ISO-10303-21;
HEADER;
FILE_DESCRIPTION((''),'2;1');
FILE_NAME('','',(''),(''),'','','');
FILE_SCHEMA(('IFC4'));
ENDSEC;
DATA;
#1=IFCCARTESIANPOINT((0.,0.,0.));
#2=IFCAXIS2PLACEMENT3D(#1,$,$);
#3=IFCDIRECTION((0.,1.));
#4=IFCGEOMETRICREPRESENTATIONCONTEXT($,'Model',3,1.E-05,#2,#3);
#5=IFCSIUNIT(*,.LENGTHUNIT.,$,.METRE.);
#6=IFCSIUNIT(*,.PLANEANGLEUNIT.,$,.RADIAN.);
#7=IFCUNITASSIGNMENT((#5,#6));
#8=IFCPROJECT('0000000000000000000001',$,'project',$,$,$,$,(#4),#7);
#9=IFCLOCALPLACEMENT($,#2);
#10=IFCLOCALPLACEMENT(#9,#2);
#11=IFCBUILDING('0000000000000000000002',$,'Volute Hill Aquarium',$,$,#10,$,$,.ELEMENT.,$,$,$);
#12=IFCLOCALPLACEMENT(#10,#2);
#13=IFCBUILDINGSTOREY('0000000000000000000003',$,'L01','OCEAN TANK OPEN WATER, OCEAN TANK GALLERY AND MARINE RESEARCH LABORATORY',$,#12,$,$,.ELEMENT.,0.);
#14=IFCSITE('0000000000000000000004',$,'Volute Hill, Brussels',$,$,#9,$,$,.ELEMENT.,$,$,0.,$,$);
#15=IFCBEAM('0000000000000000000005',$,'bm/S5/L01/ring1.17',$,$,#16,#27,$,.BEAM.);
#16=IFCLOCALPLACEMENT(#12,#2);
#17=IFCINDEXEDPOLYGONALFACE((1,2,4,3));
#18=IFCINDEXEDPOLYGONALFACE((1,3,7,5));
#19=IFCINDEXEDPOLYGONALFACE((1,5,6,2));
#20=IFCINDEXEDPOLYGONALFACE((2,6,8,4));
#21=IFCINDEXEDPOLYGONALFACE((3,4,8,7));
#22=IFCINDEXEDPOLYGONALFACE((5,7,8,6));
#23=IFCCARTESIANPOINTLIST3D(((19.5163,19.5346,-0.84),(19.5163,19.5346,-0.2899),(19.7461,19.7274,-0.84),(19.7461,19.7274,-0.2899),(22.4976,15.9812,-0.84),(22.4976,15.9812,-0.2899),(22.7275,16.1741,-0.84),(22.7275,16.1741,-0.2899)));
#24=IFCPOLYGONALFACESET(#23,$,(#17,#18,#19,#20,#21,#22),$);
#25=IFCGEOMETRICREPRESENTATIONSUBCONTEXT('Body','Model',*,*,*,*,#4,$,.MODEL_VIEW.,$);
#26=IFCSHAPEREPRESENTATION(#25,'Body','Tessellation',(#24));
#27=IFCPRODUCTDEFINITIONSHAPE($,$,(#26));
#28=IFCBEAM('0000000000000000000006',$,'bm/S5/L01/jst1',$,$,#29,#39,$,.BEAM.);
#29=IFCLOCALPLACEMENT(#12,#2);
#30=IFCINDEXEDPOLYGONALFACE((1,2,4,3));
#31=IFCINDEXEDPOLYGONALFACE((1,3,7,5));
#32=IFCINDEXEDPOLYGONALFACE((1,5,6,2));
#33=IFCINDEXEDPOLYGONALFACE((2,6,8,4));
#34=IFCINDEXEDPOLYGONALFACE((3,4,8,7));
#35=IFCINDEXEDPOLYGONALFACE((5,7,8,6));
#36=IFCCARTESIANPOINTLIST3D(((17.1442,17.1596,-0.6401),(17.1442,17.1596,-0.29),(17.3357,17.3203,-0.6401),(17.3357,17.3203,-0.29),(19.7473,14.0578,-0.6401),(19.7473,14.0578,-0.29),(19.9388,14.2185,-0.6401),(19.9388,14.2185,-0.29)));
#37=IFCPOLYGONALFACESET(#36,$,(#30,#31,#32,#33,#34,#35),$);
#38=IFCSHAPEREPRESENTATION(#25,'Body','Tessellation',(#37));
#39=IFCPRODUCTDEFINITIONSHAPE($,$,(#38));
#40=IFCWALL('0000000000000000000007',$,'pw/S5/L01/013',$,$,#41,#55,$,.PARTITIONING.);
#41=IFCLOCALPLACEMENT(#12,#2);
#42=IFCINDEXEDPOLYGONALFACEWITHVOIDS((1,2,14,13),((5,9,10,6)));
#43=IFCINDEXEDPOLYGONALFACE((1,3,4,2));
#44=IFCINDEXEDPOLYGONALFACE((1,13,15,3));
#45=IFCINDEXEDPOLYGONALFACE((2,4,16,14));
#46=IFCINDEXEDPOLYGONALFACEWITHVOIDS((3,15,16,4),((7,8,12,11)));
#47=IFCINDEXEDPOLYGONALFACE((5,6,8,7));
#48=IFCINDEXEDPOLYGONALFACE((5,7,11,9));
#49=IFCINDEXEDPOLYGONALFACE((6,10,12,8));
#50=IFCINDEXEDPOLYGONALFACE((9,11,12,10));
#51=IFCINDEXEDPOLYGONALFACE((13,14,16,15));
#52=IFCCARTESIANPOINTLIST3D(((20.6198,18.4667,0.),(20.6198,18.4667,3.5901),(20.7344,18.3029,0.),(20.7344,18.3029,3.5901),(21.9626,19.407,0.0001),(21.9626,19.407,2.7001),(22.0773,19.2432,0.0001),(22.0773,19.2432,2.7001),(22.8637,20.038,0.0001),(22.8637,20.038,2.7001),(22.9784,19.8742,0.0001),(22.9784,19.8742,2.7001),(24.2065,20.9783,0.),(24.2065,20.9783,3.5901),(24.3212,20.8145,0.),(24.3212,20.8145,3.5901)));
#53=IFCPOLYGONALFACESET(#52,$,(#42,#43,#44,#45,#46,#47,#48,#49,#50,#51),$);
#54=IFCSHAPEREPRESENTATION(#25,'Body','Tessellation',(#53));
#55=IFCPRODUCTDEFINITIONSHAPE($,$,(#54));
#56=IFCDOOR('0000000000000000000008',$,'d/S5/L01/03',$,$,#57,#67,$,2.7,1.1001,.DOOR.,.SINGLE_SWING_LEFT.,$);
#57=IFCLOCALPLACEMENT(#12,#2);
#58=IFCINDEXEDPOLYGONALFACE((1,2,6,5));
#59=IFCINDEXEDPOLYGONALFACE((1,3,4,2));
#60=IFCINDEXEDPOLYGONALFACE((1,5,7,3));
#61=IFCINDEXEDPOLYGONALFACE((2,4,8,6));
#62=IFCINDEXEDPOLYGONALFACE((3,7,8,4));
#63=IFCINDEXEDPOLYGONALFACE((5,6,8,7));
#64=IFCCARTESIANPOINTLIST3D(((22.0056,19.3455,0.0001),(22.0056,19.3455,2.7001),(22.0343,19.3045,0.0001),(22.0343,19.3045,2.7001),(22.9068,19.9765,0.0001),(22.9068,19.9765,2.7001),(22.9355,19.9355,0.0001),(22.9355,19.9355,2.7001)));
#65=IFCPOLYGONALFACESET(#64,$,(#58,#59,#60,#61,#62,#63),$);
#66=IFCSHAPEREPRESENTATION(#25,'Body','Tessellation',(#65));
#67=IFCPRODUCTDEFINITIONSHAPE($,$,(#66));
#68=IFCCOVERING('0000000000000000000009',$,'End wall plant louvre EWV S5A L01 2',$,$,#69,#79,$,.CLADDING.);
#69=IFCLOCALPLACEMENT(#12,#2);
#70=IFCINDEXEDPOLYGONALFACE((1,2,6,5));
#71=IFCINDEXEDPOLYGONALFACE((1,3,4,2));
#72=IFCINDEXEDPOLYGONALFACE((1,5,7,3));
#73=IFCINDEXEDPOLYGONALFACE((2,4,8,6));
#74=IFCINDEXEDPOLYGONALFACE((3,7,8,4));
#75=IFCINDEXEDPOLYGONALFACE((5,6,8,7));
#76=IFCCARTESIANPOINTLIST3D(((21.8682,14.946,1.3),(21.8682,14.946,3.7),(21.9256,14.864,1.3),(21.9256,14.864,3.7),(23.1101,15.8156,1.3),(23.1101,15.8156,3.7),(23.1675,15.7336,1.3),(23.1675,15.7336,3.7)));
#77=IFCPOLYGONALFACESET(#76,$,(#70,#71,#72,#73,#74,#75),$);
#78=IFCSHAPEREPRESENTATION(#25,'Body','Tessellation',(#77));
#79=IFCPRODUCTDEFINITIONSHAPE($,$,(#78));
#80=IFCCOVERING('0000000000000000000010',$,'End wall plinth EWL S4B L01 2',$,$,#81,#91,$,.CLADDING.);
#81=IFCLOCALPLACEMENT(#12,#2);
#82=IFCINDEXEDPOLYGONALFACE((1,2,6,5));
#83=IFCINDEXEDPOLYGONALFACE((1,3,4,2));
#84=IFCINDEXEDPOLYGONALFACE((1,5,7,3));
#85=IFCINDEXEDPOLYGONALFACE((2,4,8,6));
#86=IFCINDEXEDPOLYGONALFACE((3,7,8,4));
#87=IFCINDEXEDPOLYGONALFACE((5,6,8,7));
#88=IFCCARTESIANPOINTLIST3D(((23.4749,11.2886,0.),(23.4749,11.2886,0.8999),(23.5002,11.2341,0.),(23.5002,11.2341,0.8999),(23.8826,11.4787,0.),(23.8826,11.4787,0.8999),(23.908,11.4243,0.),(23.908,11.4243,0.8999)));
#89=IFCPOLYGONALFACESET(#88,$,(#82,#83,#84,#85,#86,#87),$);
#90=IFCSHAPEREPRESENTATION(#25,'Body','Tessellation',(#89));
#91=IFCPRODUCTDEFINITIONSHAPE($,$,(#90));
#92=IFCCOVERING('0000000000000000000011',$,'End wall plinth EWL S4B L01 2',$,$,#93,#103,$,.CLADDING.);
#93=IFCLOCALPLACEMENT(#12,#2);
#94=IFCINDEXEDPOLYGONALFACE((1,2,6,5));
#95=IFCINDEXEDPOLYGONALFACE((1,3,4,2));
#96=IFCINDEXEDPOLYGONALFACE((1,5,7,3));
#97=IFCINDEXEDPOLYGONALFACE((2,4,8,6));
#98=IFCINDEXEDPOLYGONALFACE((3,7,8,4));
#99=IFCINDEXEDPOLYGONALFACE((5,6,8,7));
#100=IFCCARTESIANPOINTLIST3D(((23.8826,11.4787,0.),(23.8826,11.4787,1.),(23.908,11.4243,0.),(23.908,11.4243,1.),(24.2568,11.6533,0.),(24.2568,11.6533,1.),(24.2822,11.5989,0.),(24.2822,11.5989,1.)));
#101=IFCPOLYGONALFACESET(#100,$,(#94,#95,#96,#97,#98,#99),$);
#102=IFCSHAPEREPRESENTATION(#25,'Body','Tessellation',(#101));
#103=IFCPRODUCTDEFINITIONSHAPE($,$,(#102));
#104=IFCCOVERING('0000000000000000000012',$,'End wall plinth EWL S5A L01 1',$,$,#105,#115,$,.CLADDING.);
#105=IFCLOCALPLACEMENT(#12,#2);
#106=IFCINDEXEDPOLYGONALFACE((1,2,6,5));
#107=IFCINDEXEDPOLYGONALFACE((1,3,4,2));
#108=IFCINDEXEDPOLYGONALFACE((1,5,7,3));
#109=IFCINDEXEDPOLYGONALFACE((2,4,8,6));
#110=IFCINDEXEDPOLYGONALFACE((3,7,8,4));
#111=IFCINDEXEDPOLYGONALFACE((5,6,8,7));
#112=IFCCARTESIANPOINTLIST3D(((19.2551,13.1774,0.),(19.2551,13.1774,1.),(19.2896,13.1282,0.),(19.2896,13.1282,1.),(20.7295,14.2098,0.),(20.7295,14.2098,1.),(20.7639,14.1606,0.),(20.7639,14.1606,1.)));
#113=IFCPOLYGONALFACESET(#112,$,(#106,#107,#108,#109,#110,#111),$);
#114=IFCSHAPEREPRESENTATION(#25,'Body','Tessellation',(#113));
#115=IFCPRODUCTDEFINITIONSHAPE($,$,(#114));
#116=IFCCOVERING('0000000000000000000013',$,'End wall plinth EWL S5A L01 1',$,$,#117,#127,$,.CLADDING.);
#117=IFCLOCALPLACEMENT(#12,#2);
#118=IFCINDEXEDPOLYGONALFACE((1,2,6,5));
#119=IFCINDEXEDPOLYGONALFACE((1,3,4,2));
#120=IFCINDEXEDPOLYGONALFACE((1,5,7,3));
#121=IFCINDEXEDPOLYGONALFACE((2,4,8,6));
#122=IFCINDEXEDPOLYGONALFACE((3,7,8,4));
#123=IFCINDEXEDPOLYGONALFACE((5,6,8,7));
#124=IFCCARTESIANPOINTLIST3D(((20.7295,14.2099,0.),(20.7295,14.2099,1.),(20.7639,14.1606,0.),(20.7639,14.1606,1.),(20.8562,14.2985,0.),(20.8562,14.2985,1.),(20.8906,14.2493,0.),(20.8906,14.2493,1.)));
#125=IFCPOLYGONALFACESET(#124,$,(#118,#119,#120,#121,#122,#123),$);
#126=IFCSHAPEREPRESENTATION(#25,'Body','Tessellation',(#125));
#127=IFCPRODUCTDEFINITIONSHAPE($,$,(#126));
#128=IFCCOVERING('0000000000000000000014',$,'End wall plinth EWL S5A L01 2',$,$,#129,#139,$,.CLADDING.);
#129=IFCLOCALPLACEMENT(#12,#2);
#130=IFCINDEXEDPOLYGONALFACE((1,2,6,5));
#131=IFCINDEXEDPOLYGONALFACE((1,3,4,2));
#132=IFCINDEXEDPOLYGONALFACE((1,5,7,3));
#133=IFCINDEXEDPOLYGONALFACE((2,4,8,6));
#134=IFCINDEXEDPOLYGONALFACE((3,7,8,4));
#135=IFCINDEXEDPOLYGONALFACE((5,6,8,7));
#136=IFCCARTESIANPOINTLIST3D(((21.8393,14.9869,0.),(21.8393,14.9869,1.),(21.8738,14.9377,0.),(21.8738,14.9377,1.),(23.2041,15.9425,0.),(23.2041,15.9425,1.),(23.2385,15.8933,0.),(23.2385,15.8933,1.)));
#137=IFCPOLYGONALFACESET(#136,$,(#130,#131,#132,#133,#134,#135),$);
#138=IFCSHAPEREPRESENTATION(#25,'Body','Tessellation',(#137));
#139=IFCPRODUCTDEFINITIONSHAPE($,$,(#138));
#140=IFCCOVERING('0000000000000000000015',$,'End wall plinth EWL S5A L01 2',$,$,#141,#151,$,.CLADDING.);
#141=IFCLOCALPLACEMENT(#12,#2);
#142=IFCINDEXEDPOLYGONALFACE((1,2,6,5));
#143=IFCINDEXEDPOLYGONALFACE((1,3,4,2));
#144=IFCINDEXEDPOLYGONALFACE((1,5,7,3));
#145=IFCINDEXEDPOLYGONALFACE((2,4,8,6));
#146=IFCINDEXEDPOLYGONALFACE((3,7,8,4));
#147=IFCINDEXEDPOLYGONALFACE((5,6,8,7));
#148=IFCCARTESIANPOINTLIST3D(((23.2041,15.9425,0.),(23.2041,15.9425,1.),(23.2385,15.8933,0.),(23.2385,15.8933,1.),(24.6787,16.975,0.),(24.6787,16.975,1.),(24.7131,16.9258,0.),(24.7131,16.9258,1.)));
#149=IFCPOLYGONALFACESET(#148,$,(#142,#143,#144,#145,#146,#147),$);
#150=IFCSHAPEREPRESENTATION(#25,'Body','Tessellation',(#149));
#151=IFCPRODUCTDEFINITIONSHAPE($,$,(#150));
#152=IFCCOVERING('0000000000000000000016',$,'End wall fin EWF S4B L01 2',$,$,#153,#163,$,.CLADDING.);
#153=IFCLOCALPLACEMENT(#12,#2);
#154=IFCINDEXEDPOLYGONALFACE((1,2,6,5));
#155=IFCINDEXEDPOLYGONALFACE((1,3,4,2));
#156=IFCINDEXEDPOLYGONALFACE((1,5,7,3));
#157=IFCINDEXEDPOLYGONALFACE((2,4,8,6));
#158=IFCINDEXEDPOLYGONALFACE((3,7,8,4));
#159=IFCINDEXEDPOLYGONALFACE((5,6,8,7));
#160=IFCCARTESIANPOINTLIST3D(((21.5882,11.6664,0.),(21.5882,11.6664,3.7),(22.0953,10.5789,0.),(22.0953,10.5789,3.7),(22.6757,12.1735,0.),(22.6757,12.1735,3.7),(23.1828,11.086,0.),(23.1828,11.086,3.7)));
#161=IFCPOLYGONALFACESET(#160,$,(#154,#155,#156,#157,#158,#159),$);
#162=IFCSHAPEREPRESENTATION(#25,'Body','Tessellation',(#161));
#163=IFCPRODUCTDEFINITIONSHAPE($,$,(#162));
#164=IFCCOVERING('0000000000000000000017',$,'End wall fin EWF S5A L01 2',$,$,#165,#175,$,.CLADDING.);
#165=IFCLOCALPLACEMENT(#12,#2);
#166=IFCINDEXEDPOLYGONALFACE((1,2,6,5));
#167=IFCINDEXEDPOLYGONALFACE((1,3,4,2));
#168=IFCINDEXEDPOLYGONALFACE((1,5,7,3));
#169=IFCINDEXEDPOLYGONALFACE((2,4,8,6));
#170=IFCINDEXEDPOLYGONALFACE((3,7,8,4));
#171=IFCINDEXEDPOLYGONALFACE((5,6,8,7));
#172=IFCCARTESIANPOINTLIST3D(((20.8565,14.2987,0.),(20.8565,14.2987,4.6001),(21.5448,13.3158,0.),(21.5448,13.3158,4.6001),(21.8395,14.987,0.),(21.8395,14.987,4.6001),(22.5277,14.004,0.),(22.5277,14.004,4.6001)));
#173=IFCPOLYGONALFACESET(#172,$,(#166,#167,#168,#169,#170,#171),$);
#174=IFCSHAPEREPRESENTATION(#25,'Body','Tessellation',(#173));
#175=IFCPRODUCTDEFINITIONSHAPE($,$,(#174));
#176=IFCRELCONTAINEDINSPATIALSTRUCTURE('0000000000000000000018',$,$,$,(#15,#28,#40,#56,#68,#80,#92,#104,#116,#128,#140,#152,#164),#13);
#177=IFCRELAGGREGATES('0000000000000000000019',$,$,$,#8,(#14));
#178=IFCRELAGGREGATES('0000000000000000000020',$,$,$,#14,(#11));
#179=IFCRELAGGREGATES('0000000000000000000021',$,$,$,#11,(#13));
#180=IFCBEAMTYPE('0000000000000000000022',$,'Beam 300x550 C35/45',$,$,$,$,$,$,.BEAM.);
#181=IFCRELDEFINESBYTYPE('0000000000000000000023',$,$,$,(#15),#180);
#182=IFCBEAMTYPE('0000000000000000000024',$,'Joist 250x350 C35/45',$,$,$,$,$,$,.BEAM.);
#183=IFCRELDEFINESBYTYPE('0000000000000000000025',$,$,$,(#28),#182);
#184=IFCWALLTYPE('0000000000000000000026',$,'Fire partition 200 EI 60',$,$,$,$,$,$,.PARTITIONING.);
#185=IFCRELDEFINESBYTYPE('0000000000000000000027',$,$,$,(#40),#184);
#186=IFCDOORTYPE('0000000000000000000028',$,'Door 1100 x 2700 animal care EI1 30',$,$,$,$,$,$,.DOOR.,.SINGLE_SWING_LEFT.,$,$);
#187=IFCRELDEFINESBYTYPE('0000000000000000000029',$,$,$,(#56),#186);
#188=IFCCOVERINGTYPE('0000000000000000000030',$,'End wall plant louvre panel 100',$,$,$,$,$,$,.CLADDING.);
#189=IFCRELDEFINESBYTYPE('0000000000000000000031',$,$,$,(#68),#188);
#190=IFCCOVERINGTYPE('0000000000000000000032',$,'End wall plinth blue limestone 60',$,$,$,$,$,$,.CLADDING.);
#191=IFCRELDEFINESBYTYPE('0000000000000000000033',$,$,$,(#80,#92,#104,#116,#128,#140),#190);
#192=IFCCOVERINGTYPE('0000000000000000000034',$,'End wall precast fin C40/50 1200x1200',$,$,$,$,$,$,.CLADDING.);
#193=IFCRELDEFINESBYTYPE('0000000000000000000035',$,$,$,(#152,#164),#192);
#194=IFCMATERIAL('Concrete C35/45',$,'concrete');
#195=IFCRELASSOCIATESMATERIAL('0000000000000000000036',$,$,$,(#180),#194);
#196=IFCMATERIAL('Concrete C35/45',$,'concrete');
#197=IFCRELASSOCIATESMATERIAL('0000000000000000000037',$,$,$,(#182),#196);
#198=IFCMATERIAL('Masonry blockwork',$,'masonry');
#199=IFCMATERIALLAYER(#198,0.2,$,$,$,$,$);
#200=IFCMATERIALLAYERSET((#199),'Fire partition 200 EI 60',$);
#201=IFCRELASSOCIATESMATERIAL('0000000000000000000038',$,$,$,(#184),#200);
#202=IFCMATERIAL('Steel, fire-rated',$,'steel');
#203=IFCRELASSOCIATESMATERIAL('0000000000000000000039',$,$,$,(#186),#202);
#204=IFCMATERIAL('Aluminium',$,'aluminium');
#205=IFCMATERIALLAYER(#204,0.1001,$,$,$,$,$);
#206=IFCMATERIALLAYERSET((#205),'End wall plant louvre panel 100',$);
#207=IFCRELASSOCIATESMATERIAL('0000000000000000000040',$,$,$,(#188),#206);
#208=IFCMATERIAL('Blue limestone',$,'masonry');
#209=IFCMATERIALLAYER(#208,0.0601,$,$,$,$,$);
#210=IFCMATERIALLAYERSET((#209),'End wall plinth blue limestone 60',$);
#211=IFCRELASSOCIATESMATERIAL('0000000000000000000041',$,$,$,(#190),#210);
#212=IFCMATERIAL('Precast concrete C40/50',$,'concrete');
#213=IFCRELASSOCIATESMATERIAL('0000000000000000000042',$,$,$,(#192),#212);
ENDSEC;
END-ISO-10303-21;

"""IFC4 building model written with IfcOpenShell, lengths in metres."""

from ifc_helpers import new_model, si_unit, direction, frame, frame_2d, origin, origin_2d, place, context, subcontext, project, spatial, polyline, rectangle, outline, extrude, material, layer, layer_set, material_profile, profile_set, type_object, element, fill, save


model = new_model("IFC4")

# Units and contexts
model_context = context("Model", 3, precision=1e-05, world=origin(), true_north=direction((0.0, 1.0)))
body_context = subcontext(model_context, "Body", "Model", "MODEL_VIEW")
ifc_project = project(units=[si_unit("LENGTHUNIT", "METRE"), si_unit("PLANEANGLEUNIT", "RADIAN")], contexts=[model_context])

# Site, building, storey
site_placement = place(None, origin())
site = spatial("IfcSite", under=ifc_project, at=site_placement, Name="Volute Hill, Brussels", CompositionType="ELEMENT", RefElevation=0.0)
building_placement = place(site_placement, origin())
building = spatial("IfcBuilding", under=site, at=building_placement, Name="Volute Hill Aquarium", CompositionType="ELEMENT")
storey_placement = place(building_placement, origin())
storey = spatial("IfcBuildingStorey", under=building, at=storey_placement, Name="L01", Description="OCEAN TANK OPEN WATER, OCEAN TANK GALLERY AND MARINE RESEARCH LABORATORY", CompositionType="ELEMENT", Elevation=0.0)

# Beams
ifc_material_1 = material(Name="Concrete C35/45", Category="concrete")
ifc_material_profile_1 = material_profile(ifc_material_1, rectangle(XDim=0.3, YDim=0.55, at=origin_2d()), Name="RC beam 300x550")
ifc_profile_set_1 = profile_set([ifc_material_profile_1], Name="Concrete C35/45")
beam_type_1 = type_object("IfcBeamType", Name="Beam 300x550 C35/45", PredefinedType="BEAM", material=ifc_profile_set_1)
beam_1_placement = place(storey_placement, frame((22.6125, 16.0776, -0.5649), z_axis=(-0.642754, 0.766073, 0.0), x_axis=(-0.766073, -0.642754, 0.0)))
element("IfcBeam", 1, at=beam_1_placement, inside=storey, type_object=beam_type_1, Name="bm/S5/L01/ring1.17", PredefinedType="BEAM", context=body_context, shape_type="SweptSolid", body=[
    extrude(rectangle(XDim=0.3, YDim=0.55, at=origin_2d()), origin(), (0.0, 0.0, 1.0), 4.6384),
])
ifc_material_2 = material(Name="Concrete C35/45", Category="concrete")
ifc_material_profile_2 = material_profile(ifc_material_2, rectangle(XDim=0.25, YDim=0.3501, at=origin_2d()), Name="RC joist 250x350")
ifc_profile_set_2 = profile_set([ifc_material_profile_2], Name="Concrete C35/45")
beam_type_2 = type_object("IfcBeamType", Name="Joist 250x350 C35/45", PredefinedType="BEAM", material=ifc_profile_set_2)
beam_2_placement = place(storey_placement, frame((19.843, 14.1382, -0.4651), z_axis=(-0.642831, 0.766008, 0.0), x_axis=(-0.766008, -0.642831, 0.0)))
element("IfcBeam", 2, at=beam_2_placement, inside=storey, type_object=beam_type_2, Name="bm/S5/L01/jst1", PredefinedType="BEAM", context=body_context, shape_type="SweptSolid", body=[
    extrude(rectangle(XDim=0.25, YDim=0.3501, at=origin_2d()), origin(), (0.0, 0.0, 1.0), 4.0493),
])

# Wall, opening, door
ifc_material_3 = material(Name="Masonry blockwork", Category="masonry")
ifc_layer_1 = layer(ifc_material_3, 0.2)
ifc_layer_set_1 = layer_set([ifc_layer_1], Name="Fire partition 200 EI 60")
wall_type = type_object("IfcWallType", Name="Fire partition 200 EI 60", PredefinedType="PARTITIONING", material=ifc_layer_set_1)
wall_placement = place(storey_placement, frame((20.677, 18.3848, 0.0), z_axis=(0.0, 0.0, 1.0), x_axis=(0.819145, 0.573586, 0.0)))
wall = element("IfcWall", 3, at=wall_placement, inside=storey, type_object=wall_type, Name="pw/S5/L01/013", PredefinedType="PARTITIONING", context=body_context, shape_type="SweptSolid", body=[
    extrude(rectangle(XDim=4.3787, YDim=0.2, at=frame_2d((2.1895, 0.0))), origin(), (0.0, 0.0, 1.0), 3.5901),
])
opening_placement = place(wall_placement, frame((1.6394, 0.0, 0.0)))
opening = element("IfcOpeningElement", 4, at=opening_placement, cuts=wall, PredefinedType="OPENING", context=body_context, shape_type="SweptSolid", body=[
    extrude(rectangle(XDim=1.1001, YDim=2.7, at=frame_2d((0.55, 1.3501))), frame((0.0, 0.1099, 0.0), z_axis=(0.0, -1.0, 0.0), x_axis=(1.0, 0.0, 0.0)), (0.0, 0.0, 1.0), 0.22),
])
ifc_material_4 = material(Name="Steel, fire-rated", Category="steel")
door_type = type_object("IfcDoorType", Name="Door 1100 x 2700 animal care EI1 30", OperationType="SINGLE_SWING_LEFT", PredefinedType="DOOR", material=ifc_material_4)
door_placement = place(opening_placement, origin())
door = element("IfcDoor", 5, at=door_placement, inside=storey, type_object=door_type, Name="d/S5/L01/03", OperationType="SINGLE_SWING_LEFT", OverallHeight=2.7, OverallWidth=1.1001, PredefinedType="DOOR", context=body_context, shape_type="SweptSolid", body=[
    extrude(rectangle(XDim=1.1001, YDim=2.7, at=frame_2d((0.55, 1.3501))), frame((0.0, 0.0249, 0.0), z_axis=(0.0, -1.0, 0.0), x_axis=(1.0, 0.0, 0.0)), (0.0, 0.0, 1.0), 0.05),
])
fill(opening, door)

# Coverings
ifc_material_5 = material(Name="Aluminium", Category="aluminium")
ifc_layer_2 = layer(ifc_material_5, 0.1001)
ifc_layer_set_2 = layer_set([ifc_layer_2], Name="End wall plant louvre panel 100")
covering_type_1 = type_object("IfcCoveringType", Name="End wall plant louvre panel 100", PredefinedType="CLADDING", material=ifc_layer_set_2)
covering_1_placement = place(storey_placement, frame((22.5178, 15.3398, 1.3), z_axis=(0.0, 0.0, 1.0), x_axis=(0.819152, 0.573576, 0.0)))
element("IfcCovering", 6, at=covering_1_placement, inside=storey, type_object=covering_type_1, Name="End wall plant louvre EWV S5A L01 2", PredefinedType="CLADDING", context=body_context, shape_type="SweptSolid", body=[
    extrude(rectangle(XDim=1.5161, YDim=0.1001, at=origin_2d()), origin(), (0.0, 0.0, 1.0), 2.3999),
])
ifc_material_6 = material(Name="Blue limestone", Category="masonry")
ifc_layer_3 = layer(ifc_material_6, 0.0601)
ifc_layer_set_3 = layer_set([ifc_layer_3], Name="End wall plinth blue limestone 60")
covering_type_2 = type_object("IfcCoveringType", Name="End wall plinth blue limestone 60", PredefinedType="CLADDING", material=ifc_layer_set_3)
covering_2_placement = place(storey_placement, frame((23.5002, 11.2341, 0.0), z_axis=(0.422737, -0.906252, 0.0), x_axis=(0.906252, 0.422737, 0.0)))
element("IfcCovering", 7, at=covering_2_placement, inside=storey, type_object=covering_type_2, Name="End wall plinth EWL S4B L01 2", PredefinedType="CLADDING", context=body_context, shape_type="SweptSolid", body=[
    extrude(outline(polyline([(0.0, 0.0), (0.4499, 0.0), (0.4499, 0.8999), (0.0, 0.8999), (0.0, 0.0)])), origin(), (0.0, 0.0, -1.0), 0.0601),
])
covering_3_placement = place(storey_placement, frame((23.908, 11.4243, 0.0), z_axis=(0.422691, -0.906274, 0.0), x_axis=(0.906274, 0.422691, 0.0)))
element("IfcCovering", 8, at=covering_3_placement, inside=storey, type_object=covering_type_2, Name="End wall plinth EWL S4B L01 2", PredefinedType="CLADDING", context=body_context, shape_type="SweptSolid", body=[
    extrude(outline(polyline([(0.0, 0.0), (0.413, 0.0), (0.413, 1.0), (0.0, 1.0), (0.0, 0.0)])), origin(), (0.0, 0.0, -1.0), 0.0601),
])
covering_4_placement = place(storey_placement, frame((19.2896, 13.1282, 0.0), z_axis=(0.573617, -0.819124, 0.0), x_axis=(0.819124, 0.573617, 0.0)))
element("IfcCovering", 9, at=covering_4_placement, inside=storey, type_object=covering_type_2, Name="End wall plinth EWL S5A L01 1", PredefinedType="CLADDING", context=body_context, shape_type="SweptSolid", body=[
    extrude(outline(polyline([(0.0, 0.0), (1.7999, 0.0), (1.7999, 1.0), (0.0, 1.0), (0.0, 0.0)])), origin(), (0.0, 0.0, -1.0), 0.0601),
])
covering_5_placement = place(storey_placement, frame((20.7639, 14.1606, 0.0), z_axis=(0.573144, -0.819454, 0.0), x_axis=(0.819454, 0.573144, 0.0)))
element("IfcCovering", 10, at=covering_5_placement, inside=storey, type_object=covering_type_2, Name="End wall plinth EWL S5A L01 1", PredefinedType="CLADDING", context=body_context, shape_type="SweptSolid", body=[
    extrude(outline(polyline([(0.0, 0.0), (0.1546, 0.0), (0.1546, 1.0), (0.0, 1.0), (0.0, 0.0)])), origin(), (0.0, 0.0, -1.0), 0.0601),
])
covering_6_placement = place(storey_placement, frame((21.8738, 14.9377, 0.0), z_axis=(0.573561, -0.819163, 0.0), x_axis=(0.819163, 0.573561, 0.0)))
element("IfcCovering", 11, at=covering_6_placement, inside=storey, type_object=covering_type_2, Name="End wall plinth EWL S5A L01 2", PredefinedType="CLADDING", context=body_context, shape_type="SweptSolid", body=[
    extrude(outline(polyline([(0.0, 0.0), (1.666, 0.0), (1.666, 1.0), (0.0, 1.0), (0.0, 0.0)])), origin(), (0.0, 0.0, -1.0), 0.0601),
])
covering_7_placement = place(storey_placement, frame((23.2385, 15.8933, 0.0), z_axis=(0.573553, -0.819168, 0.0), x_axis=(0.819168, 0.573553, 0.0)))
element("IfcCovering", 12, at=covering_7_placement, inside=storey, type_object=covering_type_2, Name="End wall plinth EWL S5A L01 2", PredefinedType="CLADDING", context=body_context, shape_type="SweptSolid", body=[
    extrude(outline(polyline([(0.0, 0.0), (1.8001, 0.0), (1.8001, 1.0), (0.0, 1.0), (0.0, 0.0)])), origin(), (0.0, 0.0, -1.0), 0.0601),
])
ifc_material_7 = material(Name="Precast concrete C40/50", Category="concrete")
covering_type_3 = type_object("IfcCoveringType", Name="End wall precast fin C40/50 1200x1200", PredefinedType="CLADDING", material=ifc_material_7)
covering_8_placement = place(storey_placement, frame((22.3855, 11.3762, 0.0), z_axis=(0.0, 0.0, 1.0), x_axis=(0.906307, 0.42262, 0.0)))
element("IfcCovering", 13, at=covering_8_placement, inside=storey, type_object=covering_type_3, Name="End wall fin EWF S4B L01 2", PredefinedType="CLADDING", context=body_context, shape_type="SweptSolid", body=[
    extrude(rectangle(XDim=1.2, YDim=1.2, at=origin_2d()), origin(), (0.0, 0.0, 1.0), 3.7),
])
covering_9_placement = place(storey_placement, frame((21.6921, 14.1514, 0.0), z_axis=(0.0, 0.0, 1.0), x_axis=(0.819152, 0.573576, 0.0)))
element("IfcCovering", 14, at=covering_9_placement, inside=storey, type_object=covering_type_3, Name="End wall fin EWF S5A L01 2", PredefinedType="CLADDING", context=body_context, shape_type="SweptSolid", body=[
    extrude(rectangle(XDim=1.2, YDim=1.2, at=origin_2d()), origin(), (0.0, 0.0, 1.0), 4.6001),
])

save(model, "model.ifc")
